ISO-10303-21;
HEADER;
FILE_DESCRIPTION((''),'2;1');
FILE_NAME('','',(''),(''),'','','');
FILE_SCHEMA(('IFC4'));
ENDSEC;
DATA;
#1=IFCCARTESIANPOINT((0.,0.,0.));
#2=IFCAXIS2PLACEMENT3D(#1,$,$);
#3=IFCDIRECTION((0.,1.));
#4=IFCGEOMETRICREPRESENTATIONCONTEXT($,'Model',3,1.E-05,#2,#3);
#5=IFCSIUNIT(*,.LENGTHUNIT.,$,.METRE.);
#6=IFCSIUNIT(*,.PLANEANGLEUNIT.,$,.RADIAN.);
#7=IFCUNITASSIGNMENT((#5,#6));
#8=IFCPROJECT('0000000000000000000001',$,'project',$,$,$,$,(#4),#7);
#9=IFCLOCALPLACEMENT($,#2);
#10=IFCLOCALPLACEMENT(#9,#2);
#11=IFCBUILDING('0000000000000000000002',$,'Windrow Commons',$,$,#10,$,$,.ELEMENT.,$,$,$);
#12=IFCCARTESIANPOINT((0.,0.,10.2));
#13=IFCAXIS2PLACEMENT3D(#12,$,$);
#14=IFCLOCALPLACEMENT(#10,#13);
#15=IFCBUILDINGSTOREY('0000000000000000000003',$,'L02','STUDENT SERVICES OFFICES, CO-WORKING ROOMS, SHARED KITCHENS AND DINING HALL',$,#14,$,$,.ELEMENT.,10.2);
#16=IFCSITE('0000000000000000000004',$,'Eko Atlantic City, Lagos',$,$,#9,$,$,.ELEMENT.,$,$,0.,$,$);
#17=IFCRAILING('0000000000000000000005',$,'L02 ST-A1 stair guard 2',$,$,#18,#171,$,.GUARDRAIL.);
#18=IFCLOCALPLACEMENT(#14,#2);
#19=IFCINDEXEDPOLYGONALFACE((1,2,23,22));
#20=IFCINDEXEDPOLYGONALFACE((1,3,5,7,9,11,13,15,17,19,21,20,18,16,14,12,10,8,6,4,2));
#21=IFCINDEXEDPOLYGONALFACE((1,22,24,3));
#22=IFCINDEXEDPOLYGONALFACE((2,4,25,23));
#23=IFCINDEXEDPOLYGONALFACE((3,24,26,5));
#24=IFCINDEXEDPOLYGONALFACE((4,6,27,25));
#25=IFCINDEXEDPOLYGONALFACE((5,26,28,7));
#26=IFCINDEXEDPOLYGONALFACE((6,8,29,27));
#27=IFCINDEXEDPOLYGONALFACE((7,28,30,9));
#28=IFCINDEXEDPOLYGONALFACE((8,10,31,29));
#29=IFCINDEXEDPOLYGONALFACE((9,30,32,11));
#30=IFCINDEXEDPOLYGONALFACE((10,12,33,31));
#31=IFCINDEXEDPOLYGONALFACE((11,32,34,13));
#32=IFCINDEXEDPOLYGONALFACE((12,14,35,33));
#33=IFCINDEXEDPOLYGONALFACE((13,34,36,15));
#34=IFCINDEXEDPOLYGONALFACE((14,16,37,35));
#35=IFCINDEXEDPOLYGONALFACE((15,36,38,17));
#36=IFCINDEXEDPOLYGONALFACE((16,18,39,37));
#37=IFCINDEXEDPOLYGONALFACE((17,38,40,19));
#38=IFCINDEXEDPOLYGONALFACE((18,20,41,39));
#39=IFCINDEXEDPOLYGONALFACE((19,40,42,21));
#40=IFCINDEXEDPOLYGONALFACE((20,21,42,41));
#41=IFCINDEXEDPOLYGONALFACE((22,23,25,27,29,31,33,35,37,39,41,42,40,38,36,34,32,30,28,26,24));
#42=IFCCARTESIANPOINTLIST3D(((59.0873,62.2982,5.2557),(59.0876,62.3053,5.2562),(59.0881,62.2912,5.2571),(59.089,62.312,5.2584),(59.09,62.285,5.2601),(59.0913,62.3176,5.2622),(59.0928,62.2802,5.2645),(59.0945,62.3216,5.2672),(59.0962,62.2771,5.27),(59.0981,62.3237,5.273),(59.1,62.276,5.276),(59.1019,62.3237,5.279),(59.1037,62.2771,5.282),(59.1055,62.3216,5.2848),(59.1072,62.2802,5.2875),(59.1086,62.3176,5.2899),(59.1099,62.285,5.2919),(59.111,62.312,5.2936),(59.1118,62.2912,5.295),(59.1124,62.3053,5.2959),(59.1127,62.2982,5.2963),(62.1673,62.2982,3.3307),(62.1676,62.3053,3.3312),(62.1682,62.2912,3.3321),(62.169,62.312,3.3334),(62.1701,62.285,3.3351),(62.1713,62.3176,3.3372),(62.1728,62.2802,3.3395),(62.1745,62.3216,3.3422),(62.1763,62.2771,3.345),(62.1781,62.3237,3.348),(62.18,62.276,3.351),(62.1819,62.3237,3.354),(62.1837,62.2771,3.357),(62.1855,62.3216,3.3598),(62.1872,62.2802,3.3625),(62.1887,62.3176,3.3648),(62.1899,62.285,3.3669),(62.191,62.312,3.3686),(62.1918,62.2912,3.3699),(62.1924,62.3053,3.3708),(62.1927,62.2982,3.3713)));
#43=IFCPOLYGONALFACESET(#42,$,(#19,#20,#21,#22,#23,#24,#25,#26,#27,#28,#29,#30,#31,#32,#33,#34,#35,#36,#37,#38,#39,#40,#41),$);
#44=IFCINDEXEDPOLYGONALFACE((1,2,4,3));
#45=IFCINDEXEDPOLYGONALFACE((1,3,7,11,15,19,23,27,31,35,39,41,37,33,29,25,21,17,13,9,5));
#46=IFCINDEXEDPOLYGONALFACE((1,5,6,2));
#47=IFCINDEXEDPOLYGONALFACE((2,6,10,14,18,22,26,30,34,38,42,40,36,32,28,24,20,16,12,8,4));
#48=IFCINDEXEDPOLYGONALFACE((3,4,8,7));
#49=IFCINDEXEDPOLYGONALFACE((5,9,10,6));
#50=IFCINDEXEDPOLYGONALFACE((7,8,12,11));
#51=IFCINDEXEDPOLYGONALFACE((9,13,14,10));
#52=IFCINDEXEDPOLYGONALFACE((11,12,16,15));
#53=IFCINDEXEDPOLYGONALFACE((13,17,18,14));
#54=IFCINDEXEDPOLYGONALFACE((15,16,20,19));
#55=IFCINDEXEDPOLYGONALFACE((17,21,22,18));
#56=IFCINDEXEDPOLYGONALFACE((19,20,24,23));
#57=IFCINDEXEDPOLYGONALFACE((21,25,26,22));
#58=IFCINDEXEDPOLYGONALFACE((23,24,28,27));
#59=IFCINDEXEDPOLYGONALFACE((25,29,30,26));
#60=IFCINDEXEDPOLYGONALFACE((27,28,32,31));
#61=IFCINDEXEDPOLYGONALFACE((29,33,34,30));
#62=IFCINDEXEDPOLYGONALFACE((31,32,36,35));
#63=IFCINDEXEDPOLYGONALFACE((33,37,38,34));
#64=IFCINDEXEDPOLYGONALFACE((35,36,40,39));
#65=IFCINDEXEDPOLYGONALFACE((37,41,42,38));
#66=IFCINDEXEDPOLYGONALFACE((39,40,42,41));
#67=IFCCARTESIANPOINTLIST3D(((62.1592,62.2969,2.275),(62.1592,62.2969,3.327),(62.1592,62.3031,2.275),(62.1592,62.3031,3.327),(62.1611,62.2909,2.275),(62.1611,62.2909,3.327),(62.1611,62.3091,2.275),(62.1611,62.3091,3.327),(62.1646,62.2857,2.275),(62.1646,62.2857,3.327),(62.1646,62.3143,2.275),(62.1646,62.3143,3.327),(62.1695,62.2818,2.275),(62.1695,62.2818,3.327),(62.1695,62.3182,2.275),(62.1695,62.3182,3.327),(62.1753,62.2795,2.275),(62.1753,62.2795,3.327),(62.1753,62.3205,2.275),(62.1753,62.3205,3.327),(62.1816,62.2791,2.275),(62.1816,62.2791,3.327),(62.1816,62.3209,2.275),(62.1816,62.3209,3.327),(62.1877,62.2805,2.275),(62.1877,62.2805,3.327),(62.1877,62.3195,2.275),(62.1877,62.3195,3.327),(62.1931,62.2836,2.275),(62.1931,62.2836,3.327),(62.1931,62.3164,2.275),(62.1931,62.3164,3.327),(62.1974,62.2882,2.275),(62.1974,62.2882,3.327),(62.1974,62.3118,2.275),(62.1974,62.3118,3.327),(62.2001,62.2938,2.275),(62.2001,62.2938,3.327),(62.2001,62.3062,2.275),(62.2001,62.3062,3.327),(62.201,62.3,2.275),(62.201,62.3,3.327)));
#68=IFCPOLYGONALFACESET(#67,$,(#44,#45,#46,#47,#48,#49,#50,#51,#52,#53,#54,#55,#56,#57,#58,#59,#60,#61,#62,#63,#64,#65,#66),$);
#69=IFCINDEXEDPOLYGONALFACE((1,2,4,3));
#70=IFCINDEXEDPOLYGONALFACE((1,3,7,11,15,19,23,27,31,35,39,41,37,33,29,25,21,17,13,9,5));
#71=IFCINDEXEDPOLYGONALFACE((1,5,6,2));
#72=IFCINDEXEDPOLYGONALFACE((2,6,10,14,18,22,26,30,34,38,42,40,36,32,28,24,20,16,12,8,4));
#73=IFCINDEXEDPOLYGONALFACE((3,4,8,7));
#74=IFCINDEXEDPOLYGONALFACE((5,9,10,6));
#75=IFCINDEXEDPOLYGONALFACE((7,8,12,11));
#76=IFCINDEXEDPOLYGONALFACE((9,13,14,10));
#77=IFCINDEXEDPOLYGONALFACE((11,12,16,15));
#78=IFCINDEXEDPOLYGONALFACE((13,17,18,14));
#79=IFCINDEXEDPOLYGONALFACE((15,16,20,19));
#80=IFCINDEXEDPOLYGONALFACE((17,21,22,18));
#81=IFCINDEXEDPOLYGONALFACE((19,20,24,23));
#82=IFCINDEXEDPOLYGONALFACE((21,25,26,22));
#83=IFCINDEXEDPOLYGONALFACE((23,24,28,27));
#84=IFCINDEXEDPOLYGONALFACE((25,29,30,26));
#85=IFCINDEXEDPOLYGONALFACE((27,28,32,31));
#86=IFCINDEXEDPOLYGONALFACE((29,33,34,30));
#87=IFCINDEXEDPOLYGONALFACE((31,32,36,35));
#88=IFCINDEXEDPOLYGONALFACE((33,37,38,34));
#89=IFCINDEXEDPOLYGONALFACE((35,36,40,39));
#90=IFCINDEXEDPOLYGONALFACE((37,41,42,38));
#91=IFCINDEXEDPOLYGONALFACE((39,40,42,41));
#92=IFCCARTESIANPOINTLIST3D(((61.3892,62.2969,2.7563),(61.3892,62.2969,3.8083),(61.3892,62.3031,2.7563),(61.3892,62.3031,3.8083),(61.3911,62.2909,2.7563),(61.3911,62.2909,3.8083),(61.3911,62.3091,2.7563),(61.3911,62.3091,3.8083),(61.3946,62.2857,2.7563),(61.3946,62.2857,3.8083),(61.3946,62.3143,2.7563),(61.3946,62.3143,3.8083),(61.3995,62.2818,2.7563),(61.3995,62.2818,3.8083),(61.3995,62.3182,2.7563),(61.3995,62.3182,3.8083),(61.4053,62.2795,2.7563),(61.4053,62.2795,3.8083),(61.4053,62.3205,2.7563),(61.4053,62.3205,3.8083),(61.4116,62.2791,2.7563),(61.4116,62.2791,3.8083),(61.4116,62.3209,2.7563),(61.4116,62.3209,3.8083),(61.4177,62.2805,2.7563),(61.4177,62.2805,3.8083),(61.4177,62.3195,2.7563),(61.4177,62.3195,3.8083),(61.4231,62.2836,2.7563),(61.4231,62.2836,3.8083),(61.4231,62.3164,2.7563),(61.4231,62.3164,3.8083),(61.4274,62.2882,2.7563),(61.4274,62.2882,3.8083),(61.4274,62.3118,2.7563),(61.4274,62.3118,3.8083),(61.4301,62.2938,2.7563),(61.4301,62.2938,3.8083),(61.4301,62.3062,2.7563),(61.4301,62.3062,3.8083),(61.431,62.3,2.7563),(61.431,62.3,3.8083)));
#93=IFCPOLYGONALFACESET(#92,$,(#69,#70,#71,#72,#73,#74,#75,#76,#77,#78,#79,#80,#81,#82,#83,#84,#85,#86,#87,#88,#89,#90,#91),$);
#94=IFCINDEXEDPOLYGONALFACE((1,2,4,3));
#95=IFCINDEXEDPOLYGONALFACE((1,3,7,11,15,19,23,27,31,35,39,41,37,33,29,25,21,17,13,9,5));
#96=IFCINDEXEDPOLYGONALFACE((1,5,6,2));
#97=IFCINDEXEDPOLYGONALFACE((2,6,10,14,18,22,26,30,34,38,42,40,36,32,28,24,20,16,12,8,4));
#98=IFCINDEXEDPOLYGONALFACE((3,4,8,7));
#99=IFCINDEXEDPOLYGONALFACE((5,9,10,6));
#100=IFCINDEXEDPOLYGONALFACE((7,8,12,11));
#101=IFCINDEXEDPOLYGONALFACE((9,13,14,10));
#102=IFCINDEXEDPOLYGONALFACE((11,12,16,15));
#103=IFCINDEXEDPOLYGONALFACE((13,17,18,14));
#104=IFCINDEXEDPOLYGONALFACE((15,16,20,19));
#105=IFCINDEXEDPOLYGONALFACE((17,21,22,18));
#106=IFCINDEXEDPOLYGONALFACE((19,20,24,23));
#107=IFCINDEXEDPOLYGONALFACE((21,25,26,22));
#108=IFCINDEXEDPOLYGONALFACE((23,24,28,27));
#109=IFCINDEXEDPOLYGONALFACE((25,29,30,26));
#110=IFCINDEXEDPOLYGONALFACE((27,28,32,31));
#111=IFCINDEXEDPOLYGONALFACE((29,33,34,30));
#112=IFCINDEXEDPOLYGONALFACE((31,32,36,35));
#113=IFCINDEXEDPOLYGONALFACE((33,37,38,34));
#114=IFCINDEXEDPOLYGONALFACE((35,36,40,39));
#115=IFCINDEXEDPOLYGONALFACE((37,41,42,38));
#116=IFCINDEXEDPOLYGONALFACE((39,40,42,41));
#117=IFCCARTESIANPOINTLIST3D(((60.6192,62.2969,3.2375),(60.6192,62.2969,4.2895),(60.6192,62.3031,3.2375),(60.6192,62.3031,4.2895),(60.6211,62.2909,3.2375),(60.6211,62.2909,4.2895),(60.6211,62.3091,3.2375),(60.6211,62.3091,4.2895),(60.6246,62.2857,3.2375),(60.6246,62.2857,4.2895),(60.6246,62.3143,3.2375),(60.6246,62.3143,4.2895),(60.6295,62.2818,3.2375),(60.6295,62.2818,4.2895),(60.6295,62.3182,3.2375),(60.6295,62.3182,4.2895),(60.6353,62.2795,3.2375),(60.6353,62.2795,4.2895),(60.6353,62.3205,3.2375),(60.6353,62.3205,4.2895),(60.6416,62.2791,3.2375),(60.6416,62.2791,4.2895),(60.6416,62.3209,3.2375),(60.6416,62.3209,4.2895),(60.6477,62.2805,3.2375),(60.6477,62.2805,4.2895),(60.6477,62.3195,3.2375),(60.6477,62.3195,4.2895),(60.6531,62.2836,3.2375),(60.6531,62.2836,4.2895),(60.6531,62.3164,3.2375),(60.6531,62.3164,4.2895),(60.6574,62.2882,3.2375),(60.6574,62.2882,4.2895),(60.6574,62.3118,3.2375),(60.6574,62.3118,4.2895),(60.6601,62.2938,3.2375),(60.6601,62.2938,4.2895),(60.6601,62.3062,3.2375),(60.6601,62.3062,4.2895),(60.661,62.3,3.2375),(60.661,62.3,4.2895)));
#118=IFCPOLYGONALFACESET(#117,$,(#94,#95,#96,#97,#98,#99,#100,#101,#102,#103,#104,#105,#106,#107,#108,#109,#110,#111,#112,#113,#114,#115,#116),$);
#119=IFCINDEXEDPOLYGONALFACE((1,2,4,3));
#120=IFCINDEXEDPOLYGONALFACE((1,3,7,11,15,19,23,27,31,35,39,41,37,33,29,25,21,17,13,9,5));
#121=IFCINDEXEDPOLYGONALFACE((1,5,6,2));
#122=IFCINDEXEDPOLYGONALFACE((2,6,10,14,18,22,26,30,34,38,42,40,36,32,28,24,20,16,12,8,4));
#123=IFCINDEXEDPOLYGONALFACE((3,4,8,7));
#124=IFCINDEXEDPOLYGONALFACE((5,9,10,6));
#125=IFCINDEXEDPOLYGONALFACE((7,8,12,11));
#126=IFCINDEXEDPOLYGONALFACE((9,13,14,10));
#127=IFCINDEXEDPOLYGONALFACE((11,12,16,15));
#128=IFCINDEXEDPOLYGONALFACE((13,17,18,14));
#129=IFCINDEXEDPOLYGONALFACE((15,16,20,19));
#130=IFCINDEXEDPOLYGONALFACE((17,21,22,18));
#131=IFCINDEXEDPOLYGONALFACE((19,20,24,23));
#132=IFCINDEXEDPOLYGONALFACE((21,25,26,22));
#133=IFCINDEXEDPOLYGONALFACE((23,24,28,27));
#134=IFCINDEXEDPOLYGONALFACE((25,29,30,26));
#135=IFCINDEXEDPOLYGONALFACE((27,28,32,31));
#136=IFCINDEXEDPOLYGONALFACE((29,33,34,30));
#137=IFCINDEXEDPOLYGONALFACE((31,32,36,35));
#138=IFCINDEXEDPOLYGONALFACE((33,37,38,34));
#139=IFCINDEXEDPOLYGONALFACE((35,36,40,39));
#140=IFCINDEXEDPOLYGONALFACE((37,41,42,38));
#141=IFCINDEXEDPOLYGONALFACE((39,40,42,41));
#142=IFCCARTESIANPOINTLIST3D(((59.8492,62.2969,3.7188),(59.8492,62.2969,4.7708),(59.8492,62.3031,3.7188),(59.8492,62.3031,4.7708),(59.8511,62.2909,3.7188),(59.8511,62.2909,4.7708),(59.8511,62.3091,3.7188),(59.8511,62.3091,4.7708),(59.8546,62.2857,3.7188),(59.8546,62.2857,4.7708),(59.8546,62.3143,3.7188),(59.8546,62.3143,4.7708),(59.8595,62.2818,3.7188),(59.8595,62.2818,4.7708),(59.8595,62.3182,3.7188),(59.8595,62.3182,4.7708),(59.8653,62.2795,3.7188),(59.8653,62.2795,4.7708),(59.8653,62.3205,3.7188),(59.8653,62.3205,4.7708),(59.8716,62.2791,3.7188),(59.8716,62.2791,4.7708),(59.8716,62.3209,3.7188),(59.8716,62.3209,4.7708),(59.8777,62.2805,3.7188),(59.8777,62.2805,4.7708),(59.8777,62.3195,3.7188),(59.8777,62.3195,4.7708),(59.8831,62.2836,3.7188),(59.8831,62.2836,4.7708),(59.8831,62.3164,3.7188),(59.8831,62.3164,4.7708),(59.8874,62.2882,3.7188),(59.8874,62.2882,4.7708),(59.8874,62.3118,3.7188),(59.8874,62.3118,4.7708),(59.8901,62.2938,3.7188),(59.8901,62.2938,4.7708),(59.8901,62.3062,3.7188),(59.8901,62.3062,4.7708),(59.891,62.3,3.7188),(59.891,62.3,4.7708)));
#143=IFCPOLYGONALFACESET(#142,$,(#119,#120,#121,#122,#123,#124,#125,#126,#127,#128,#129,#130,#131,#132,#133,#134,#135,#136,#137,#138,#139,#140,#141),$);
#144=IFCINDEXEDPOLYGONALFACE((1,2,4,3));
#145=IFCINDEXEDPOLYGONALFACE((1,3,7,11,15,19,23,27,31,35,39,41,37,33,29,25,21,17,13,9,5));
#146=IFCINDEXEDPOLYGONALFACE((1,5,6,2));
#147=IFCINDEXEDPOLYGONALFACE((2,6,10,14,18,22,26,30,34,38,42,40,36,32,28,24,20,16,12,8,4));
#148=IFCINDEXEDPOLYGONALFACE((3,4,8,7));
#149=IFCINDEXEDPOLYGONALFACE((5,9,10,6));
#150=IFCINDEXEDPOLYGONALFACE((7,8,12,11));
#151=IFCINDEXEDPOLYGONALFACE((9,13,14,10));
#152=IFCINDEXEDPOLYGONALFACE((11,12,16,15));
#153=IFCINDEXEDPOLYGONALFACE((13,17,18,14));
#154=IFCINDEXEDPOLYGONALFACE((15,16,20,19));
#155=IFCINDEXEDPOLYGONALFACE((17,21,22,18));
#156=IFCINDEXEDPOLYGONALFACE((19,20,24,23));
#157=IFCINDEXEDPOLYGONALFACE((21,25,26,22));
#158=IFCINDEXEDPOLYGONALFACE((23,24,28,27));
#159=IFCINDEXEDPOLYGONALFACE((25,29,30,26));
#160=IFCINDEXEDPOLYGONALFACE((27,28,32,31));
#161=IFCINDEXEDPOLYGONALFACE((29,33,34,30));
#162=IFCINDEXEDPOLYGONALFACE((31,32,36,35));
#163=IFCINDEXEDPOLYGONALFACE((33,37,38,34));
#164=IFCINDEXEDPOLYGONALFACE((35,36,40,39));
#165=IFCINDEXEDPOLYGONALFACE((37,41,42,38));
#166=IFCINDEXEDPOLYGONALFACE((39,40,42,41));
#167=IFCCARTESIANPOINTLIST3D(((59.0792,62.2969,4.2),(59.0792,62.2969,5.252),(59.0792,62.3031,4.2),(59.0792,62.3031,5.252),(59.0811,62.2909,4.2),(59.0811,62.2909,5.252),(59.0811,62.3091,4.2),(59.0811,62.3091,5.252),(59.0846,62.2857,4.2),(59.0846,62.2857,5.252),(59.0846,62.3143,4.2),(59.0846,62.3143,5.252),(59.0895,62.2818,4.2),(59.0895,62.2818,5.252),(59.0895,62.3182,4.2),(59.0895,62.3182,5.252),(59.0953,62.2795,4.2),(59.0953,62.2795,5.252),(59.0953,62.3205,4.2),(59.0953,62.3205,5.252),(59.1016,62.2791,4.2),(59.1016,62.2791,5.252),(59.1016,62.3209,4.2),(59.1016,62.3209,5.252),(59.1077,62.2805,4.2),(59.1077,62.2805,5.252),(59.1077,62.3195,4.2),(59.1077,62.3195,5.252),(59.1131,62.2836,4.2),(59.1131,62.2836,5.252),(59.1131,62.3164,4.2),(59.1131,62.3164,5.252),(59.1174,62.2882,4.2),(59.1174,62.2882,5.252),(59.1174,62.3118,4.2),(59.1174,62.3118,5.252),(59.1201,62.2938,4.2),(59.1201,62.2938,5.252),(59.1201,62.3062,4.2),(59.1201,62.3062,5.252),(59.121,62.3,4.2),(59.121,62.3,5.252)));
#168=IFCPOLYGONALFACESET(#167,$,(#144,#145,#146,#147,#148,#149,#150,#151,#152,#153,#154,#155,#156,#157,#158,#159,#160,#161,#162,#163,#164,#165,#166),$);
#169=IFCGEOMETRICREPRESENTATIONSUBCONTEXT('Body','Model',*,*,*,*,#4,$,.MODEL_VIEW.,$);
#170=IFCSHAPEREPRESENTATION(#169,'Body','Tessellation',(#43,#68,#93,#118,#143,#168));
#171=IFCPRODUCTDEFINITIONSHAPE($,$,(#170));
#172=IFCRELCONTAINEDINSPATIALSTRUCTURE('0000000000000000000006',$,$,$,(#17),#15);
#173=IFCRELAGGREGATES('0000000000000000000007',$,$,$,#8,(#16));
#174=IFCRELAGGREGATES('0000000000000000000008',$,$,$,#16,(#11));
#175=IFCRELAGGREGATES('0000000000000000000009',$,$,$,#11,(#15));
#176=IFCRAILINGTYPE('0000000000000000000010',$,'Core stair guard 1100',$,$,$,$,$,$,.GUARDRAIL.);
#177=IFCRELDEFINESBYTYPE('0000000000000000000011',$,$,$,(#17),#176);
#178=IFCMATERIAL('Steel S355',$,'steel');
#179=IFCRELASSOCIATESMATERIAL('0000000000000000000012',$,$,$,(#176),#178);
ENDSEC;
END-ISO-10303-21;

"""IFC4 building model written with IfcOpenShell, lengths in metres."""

from ifc_helpers import new_model, si_unit, direction, frame, origin, origin_2d, place, context, subcontext, project, spatial, circle, extrude, material, type_object, element, save


model = new_model("IFC4")

# Units and contexts
model_context = context("Model", 3, precision=1e-05, world=origin(), true_north=direction((0.0, 1.0)))
body_context = subcontext(model_context, "Body", "Model", "MODEL_VIEW")
ifc_project = project(units=[si_unit("LENGTHUNIT", "METRE"), si_unit("PLANEANGLEUNIT", "RADIAN")], contexts=[model_context])

# Site, building, storey
site_placement = place(None, origin())
site = spatial("IfcSite", under=ifc_project, at=site_placement, Name="Eko Atlantic City, Lagos", CompositionType="ELEMENT", RefElevation=0.0)
building_placement = place(site_placement, origin())
building = spatial("IfcBuilding", under=site, at=building_placement, Name="Windrow Commons", CompositionType="ELEMENT")
storey_placement = place(building_placement, frame((0.0, 0.0, 10.2)))
storey = spatial("IfcBuildingStorey", under=building, at=storey_placement, Name="L02", Description="STUDENT SERVICES OFFICES, CO-WORKING ROOMS, SHARED KITCHENS AND DINING HALL", CompositionType="ELEMENT", Elevation=10.2)

# Railing
ifc_material_1 = material(Name="Steel S355", Category="steel")
railing_type_1 = type_object("IfcRailingType", Name="Core stair guard 1100", PredefinedType="GUARDRAIL", material=ifc_material_1)
railing_1_placement = place(storey_placement, frame((62.18, 62.3, 2.275)))
element("IfcRailing", 1, at=railing_1_placement, inside=storey, type_object=railing_type_1, Name="L02 ST-A1 stair guard 2", PredefinedType="GUARDRAIL", context=body_context, shape_type="SweptSolid", body=[
    extrude(circle(Radius=0.024, at=origin_2d()), frame((0.0, 0.0, 1.076), z_axis=(-0.847998, 0.0, 0.529999), x_axis=(0.0, -1.0, 0.0)), (0.0, 0.0, 1.0), 3.6321),
    extrude(circle(Radius=0.021, at=origin_2d()), origin(), (0.0, 0.0, 1.0), 1.052),
    extrude(circle(Radius=0.021, at=origin_2d()), frame((-0.77, 0.0, 0.4813)), (0.0, 0.0, 1.0), 1.052),
    extrude(circle(Radius=0.021, at=origin_2d()), frame((-1.54, 0.0, 0.9625)), (0.0, 0.0, 1.0), 1.052),
    extrude(circle(Radius=0.021, at=origin_2d()), frame((-2.31, 0.0, 1.4438)), (0.0, 0.0, 1.0), 1.052),
    extrude(circle(Radius=0.021, at=origin_2d()), frame((-3.08, 0.0, 1.925)), (0.0, 0.0, 1.0), 1.052),
])

save(model, "model.ifc")
